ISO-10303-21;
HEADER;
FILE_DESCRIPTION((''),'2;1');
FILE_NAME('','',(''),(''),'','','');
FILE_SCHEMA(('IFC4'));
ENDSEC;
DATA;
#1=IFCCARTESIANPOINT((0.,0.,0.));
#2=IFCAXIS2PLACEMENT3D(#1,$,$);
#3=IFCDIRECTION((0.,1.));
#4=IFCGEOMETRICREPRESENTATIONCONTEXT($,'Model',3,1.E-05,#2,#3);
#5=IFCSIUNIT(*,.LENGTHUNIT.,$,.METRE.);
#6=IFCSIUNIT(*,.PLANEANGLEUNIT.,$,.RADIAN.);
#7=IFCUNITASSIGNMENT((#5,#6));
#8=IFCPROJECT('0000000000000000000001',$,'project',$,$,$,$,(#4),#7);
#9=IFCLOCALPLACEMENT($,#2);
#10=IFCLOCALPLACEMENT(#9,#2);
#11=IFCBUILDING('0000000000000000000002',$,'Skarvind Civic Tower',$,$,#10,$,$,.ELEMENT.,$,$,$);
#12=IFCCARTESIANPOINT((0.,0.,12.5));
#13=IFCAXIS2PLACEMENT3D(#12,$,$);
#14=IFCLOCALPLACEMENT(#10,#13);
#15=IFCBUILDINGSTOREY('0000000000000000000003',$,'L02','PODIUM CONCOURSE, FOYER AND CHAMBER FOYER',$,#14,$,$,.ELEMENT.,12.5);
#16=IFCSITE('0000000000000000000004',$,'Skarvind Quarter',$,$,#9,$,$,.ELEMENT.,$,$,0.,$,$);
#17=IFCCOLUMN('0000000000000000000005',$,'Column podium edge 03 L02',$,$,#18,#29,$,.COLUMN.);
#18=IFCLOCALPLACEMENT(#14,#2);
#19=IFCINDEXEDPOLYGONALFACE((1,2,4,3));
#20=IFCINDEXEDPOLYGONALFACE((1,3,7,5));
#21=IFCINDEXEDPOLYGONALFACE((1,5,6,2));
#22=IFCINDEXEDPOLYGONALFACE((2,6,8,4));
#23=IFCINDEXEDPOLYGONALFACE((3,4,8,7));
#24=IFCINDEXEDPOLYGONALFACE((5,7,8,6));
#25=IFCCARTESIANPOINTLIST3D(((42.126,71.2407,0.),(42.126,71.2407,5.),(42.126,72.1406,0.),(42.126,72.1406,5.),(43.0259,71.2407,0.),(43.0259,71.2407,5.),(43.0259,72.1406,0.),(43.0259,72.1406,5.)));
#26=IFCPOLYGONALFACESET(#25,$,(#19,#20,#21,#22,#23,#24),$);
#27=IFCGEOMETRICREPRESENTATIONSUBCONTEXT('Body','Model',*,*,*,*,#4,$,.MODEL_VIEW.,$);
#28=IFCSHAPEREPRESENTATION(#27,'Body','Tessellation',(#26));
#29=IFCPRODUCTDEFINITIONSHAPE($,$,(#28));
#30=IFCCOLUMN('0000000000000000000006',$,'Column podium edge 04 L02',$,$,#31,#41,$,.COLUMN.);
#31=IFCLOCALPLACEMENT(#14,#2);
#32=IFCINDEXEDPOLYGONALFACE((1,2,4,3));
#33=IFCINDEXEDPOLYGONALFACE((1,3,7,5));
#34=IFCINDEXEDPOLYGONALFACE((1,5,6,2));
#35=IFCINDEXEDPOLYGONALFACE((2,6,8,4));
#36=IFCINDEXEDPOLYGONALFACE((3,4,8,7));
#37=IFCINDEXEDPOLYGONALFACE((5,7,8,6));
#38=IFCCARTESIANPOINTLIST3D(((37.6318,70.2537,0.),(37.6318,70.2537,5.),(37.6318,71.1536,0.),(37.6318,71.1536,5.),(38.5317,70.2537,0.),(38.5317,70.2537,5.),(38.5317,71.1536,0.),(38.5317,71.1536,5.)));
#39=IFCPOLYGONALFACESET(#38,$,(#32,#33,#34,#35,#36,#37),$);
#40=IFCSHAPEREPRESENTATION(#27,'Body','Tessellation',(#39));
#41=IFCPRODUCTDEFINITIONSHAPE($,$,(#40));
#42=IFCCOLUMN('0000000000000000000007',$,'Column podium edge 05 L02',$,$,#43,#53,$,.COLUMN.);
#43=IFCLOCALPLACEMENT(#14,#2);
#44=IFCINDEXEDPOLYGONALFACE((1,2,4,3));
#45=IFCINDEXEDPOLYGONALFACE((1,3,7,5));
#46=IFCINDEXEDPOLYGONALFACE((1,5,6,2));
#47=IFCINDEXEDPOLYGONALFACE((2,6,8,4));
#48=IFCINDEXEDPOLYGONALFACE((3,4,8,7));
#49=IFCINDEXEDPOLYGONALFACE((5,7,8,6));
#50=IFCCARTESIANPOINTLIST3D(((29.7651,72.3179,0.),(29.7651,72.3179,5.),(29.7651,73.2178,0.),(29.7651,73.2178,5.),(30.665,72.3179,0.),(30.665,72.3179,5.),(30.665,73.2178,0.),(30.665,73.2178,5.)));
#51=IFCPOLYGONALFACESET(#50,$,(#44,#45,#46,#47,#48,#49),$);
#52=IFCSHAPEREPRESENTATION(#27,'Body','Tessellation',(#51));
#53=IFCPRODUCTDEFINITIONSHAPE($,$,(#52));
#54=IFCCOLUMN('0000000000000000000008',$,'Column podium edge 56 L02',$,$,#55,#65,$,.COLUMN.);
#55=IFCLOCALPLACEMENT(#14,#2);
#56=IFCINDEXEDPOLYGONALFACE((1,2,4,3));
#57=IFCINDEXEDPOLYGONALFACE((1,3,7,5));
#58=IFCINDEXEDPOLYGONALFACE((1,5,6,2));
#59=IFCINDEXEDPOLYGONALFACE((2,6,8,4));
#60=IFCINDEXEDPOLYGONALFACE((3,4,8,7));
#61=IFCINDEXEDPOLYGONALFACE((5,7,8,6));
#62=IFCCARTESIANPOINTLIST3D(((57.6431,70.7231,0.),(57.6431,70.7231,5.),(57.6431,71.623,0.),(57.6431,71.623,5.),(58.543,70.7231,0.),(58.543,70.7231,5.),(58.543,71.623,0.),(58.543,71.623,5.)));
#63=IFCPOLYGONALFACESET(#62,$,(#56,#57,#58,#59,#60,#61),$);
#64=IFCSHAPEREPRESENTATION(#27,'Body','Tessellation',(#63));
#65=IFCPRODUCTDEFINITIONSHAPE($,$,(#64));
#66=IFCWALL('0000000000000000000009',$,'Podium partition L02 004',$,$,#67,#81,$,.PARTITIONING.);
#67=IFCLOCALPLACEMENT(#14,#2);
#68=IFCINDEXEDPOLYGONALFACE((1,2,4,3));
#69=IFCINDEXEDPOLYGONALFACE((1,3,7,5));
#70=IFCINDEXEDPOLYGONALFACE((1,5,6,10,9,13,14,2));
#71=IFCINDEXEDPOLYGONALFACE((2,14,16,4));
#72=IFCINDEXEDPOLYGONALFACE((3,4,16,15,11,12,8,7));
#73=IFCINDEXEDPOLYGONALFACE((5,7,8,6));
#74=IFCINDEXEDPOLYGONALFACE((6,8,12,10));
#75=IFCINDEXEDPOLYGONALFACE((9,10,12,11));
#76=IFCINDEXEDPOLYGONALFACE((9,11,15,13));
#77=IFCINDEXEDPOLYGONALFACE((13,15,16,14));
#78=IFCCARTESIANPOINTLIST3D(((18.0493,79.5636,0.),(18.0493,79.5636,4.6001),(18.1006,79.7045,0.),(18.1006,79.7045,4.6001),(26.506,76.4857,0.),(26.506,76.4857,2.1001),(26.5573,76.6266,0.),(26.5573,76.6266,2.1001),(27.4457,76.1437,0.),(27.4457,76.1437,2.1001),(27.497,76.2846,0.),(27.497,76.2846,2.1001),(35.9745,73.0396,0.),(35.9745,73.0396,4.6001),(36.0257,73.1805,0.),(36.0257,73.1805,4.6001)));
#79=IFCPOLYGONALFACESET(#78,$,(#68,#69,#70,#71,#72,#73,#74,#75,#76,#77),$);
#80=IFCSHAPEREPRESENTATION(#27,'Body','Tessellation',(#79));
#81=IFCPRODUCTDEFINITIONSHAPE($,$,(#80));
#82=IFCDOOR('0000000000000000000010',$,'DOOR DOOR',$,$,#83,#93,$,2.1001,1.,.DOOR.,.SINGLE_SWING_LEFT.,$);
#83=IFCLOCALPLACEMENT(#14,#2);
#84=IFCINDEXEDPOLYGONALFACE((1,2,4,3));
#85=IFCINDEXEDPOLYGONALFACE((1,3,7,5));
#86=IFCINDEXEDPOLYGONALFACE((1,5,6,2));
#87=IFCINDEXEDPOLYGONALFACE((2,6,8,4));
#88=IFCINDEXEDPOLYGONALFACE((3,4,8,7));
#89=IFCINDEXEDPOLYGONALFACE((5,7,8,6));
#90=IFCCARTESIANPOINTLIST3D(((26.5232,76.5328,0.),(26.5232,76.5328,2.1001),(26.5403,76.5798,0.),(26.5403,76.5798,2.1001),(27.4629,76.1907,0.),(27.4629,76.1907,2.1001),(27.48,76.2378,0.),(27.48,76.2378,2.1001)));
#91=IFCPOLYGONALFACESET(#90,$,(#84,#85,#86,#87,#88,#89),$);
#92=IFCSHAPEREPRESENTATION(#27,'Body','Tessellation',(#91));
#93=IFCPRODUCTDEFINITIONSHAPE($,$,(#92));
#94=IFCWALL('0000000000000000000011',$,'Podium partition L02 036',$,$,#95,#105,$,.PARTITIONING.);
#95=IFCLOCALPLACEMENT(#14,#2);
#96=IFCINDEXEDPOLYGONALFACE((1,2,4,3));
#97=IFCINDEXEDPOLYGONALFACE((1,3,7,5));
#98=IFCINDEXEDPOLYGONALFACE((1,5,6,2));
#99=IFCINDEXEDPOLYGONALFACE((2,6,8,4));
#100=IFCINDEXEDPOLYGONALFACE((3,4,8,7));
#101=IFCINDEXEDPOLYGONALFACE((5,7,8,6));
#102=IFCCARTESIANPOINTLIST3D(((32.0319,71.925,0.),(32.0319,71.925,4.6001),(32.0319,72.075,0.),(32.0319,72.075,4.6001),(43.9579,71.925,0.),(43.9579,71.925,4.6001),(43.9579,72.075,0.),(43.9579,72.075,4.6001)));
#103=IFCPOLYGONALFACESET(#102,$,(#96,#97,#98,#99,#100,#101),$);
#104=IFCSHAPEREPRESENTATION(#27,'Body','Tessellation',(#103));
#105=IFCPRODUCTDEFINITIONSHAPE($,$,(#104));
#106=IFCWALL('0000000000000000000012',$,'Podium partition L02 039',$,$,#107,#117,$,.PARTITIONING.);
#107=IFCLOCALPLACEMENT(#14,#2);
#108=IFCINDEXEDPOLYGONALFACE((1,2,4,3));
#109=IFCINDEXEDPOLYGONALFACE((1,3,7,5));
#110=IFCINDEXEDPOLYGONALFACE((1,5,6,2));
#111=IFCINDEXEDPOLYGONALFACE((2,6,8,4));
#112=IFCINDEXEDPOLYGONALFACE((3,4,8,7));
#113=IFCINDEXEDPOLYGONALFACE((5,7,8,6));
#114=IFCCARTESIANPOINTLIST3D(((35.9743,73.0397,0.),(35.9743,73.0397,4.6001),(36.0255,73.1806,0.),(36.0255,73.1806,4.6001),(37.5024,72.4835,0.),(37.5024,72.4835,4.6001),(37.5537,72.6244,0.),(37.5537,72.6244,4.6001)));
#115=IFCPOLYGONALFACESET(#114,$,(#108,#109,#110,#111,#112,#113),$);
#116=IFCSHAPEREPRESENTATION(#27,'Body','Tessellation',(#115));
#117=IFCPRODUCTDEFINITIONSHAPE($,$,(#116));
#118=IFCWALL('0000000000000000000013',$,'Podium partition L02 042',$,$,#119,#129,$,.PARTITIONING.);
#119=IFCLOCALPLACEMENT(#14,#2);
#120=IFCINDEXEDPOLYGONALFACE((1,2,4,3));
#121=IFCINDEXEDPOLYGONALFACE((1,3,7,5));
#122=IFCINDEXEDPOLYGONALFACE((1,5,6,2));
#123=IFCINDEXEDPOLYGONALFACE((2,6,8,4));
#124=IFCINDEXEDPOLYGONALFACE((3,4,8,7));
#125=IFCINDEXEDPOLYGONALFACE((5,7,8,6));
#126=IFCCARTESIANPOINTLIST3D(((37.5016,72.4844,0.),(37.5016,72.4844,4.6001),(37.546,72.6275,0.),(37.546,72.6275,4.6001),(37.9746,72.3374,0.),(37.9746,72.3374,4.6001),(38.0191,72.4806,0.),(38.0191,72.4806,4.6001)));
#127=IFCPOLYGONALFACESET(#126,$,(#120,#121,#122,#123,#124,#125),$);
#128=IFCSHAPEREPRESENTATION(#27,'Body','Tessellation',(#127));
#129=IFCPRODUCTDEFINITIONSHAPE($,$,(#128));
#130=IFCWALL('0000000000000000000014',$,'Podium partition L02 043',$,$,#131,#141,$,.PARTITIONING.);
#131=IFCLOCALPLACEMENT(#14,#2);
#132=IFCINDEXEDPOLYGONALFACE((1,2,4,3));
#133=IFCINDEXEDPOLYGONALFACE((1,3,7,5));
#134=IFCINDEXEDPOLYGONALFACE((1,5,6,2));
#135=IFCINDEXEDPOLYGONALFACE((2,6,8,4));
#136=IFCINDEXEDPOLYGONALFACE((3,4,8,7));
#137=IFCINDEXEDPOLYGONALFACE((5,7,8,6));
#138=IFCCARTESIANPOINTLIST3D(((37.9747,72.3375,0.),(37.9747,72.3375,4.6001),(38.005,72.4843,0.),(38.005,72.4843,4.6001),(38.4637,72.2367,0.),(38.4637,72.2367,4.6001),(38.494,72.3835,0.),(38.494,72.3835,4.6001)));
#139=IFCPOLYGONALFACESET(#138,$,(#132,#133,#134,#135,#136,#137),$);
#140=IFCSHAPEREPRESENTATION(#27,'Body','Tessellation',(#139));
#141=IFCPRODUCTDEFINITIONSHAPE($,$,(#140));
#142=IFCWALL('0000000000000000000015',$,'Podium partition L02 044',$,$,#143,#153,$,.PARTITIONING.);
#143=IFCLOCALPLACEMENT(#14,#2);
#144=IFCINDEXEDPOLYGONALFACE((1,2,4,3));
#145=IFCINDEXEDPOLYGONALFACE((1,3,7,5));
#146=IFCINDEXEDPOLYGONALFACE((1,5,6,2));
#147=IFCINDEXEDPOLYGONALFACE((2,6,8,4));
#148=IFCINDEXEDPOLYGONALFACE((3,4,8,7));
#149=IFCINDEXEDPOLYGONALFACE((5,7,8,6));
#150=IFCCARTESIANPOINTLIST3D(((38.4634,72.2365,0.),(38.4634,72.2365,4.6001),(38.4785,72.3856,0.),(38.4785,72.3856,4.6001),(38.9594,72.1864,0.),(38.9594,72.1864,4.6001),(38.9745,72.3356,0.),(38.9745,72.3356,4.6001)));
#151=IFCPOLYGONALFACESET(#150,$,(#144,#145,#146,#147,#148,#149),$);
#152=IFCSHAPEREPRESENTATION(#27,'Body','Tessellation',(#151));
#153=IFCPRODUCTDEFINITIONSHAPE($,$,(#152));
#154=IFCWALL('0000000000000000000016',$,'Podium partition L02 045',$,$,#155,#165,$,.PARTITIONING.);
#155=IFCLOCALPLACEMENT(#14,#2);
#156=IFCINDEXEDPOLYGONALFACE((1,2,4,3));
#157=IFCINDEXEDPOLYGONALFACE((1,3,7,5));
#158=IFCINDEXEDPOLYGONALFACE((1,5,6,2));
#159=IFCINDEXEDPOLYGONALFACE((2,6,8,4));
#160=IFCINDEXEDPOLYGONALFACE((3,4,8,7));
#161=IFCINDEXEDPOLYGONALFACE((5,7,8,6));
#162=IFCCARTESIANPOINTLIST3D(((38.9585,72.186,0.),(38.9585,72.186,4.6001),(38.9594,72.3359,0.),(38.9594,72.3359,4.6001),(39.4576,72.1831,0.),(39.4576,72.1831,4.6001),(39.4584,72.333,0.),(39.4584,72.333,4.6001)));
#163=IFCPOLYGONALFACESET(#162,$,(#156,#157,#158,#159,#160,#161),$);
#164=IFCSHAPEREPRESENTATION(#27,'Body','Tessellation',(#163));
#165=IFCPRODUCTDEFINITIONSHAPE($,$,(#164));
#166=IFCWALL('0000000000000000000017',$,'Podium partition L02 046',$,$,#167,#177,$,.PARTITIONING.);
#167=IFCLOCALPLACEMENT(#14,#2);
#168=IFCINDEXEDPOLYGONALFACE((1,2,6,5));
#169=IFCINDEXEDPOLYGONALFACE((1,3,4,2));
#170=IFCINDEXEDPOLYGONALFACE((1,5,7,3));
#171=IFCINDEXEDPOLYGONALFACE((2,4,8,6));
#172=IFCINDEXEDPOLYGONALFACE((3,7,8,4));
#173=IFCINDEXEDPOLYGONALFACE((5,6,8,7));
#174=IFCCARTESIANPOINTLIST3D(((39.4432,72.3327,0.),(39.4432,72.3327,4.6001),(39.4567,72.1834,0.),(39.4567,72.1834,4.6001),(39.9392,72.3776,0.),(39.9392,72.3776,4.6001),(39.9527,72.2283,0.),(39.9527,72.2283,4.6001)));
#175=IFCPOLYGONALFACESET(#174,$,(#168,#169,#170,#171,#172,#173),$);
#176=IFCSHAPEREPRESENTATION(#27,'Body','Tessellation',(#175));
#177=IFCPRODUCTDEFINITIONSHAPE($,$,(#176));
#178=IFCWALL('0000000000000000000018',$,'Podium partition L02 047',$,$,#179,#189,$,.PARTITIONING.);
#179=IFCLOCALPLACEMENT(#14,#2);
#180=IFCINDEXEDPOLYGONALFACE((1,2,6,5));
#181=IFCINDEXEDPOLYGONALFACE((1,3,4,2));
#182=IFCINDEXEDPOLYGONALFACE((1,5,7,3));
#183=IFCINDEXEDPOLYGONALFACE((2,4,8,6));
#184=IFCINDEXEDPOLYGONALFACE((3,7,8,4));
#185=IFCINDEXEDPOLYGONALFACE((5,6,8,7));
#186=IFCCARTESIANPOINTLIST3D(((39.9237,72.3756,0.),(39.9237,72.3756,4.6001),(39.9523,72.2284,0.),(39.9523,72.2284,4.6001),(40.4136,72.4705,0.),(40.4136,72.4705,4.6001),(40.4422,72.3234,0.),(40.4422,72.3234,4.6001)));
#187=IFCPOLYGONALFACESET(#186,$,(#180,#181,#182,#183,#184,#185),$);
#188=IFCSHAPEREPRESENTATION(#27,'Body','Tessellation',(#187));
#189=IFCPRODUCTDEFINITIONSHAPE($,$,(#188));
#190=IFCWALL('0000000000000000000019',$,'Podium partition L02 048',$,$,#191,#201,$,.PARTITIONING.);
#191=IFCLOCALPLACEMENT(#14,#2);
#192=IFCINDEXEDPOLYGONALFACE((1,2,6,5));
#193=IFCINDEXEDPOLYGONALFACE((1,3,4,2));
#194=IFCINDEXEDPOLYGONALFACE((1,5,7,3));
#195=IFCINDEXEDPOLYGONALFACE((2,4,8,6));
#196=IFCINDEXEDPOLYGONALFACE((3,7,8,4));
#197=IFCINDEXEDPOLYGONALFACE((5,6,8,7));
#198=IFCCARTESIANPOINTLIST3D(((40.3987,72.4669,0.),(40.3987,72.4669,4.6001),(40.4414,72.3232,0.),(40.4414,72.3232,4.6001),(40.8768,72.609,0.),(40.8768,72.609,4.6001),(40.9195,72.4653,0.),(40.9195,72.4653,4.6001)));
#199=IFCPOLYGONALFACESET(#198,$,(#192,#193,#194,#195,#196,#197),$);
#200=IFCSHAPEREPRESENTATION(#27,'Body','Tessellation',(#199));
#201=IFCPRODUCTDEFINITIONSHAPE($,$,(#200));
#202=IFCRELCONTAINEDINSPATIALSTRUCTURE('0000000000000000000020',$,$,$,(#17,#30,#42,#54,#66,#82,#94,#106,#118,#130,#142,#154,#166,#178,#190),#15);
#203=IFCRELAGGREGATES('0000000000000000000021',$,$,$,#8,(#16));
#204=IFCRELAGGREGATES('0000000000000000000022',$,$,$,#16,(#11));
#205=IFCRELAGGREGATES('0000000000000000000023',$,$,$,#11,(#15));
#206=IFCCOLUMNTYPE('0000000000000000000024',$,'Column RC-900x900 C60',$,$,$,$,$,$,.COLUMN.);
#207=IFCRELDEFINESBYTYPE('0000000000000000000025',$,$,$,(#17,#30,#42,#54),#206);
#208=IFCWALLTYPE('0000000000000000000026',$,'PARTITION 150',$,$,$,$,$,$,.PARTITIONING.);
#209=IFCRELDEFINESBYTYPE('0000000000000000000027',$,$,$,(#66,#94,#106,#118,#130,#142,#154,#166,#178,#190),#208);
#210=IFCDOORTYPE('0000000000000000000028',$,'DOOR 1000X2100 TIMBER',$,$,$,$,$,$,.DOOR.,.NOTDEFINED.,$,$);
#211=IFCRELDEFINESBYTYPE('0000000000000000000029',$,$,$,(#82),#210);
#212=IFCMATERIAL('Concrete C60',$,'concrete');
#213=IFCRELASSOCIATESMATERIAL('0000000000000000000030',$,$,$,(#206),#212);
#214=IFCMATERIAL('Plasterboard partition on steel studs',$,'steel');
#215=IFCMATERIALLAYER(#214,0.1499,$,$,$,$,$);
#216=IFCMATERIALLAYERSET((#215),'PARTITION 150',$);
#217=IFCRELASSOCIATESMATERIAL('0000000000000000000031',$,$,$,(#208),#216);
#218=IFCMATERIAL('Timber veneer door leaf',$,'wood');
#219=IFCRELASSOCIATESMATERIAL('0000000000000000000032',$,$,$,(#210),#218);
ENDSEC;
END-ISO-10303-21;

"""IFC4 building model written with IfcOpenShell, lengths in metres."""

from ifc_helpers import new_model, si_unit, direction, frame, frame_2d, origin, origin_2d, place, context, subcontext, project, spatial, rectangle, extrude, material, layer, layer_set, material_profile, profile_set, type_object, element, fill, save


model = new_model("IFC4")

# Units and contexts
model_context = context("Model", 3, precision=1e-05, world=origin(), true_north=direction((0.0, 1.0)))
body_context = subcontext(model_context, "Body", "Model", "MODEL_VIEW")
ifc_project = project(units=[si_unit("LENGTHUNIT", "METRE"), si_unit("PLANEANGLEUNIT", "RADIAN")], contexts=[model_context])

# Site, building, storey
site_placement = place(None, origin())
site = spatial("IfcSite", under=ifc_project, at=site_placement, Name="Skarvind Quarter", CompositionType="ELEMENT", RefElevation=0.0)
building_placement = place(site_placement, origin())
building = spatial("IfcBuilding", under=site, at=building_placement, Name="Skarvind Civic Tower", CompositionType="ELEMENT")
storey_placement = place(building_placement, frame((0.0, 0.0, 12.5)))
storey = spatial("IfcBuildingStorey", under=building, at=storey_placement, Name="L02", Description="PODIUM CONCOURSE, FOYER AND CHAMBER FOYER", CompositionType="ELEMENT", Elevation=12.5)

# Columns
ifc_material_1 = material(Name="Concrete C60", Category="concrete")
ifc_material_profile = material_profile(ifc_material_1, rectangle(XDim=0.8999, YDim=0.8999, at=origin_2d()), Name="RC-900x900")
ifc_profile_set = profile_set([ifc_material_profile], Name="Concrete C60")
column_type = type_object("IfcColumnType", Name="Column RC-900x900 C60", PredefinedType="COLUMN", material=ifc_profile_set)
for number, where, z_axis, x_axis, name in (
    (1, (42.5759, 71.6907, 0.0), (0.0, 0.0, 1.0), (1.0, 0.0, 0.0), "Column podium edge 03 L02"),
    (2, (38.0818, 70.7036, 0.0), (0.0, 0.0, 1.0), (1.0, 0.0, 0.0), "Column podium edge 04 L02"),
    (3, (30.2151, 72.7678, 0.0), (0.0, 0.0, 1.0), (1.0, 0.0, 0.0), "Column podium edge 05 L02"),
    (4, (58.093, 71.1731, 0.0), (0.0, 0.0, 1.0), (1.0, 0.0, 0.0), "Column podium edge 56 L02"),
):
    element("IfcColumn", number, at=place(storey_placement, frame(where, z_axis=z_axis, x_axis=x_axis)), inside=storey, type_object=column_type, Name=name, PredefinedType="COLUMN", context=body_context, shape_type="SweptSolid", body=[
        extrude(rectangle(XDim=0.8999, YDim=0.8999, at=origin_2d()), origin(), (0.0, 0.0, 1.0), 5.0),
    ])

# Wall, opening, door
ifc_material_2 = material(Name="Plasterboard partition on steel studs", Category="steel")
ifc_layer_1 = layer(ifc_material_2, 0.1499)
ifc_layer_set_1 = layer_set([ifc_layer_1], Name="PARTITION 150")
wall_type_1 = type_object("IfcWallType", Name="PARTITION 150", PredefinedType="PARTITIONING", material=ifc_layer_set_1)
wall_1_placement = place(storey_placement, frame((36.0, 73.1101, 0.0), z_axis=(0.0, 0.0, 1.0), x_axis=(-0.939697, 0.342008, 0.0)))
wall_1 = element("IfcWall", 5, at=wall_1_placement, inside=storey, type_object=wall_type_1, Name="Podium partition L02 004", PredefinedType="PARTITIONING", context=body_context, shape_type="SweptSolid", body=[
    extrude(rectangle(XDim=19.0754, YDim=0.1499, at=frame_2d((9.5376, 0.0))), origin(), (0.0, 0.0, 1.0), 4.6001),
])
opening_1_placement = place(wall_1_placement, frame((9.0759, 0.0, 0.0)))
opening_1 = element("IfcOpeningElement", 6, at=opening_1_placement, cuts=wall_1, PredefinedType="OPENING", context=body_context, shape_type="SweptSolid", body=[
    extrude(rectangle(XDim=1.0, YDim=2.1001, at=frame_2d((0.5, 1.05))), frame((0.0, 0.085, 0.0), z_axis=(0.0, -1.0, 0.0), x_axis=(1.0, 0.0, 0.0)), (0.0, 0.0, 1.0), 0.1699),
])
ifc_material_3 = material(Name="Timber veneer door leaf", Category="wood")
door_type = type_object("IfcDoorType", Name="DOOR 1000X2100 TIMBER", OperationType="NOTDEFINED", PredefinedType="DOOR", material=ifc_material_3)
door_placement = place(opening_1_placement, origin())
door = element("IfcDoor", 7, at=door_placement, inside=storey, type_object=door_type, Name="DOOR DOOR", OperationType="SINGLE_SWING_LEFT", OverallHeight=2.1001, OverallWidth=1.0, PredefinedType="DOOR", context=body_context, shape_type="SweptSolid", body=[
    extrude(rectangle(XDim=1.0, YDim=2.1001, at=frame_2d((0.5, 1.05))), frame((0.0, 0.0249, 0.0), z_axis=(0.0, -1.0, 0.0), x_axis=(1.0, 0.0, 0.0)), (0.0, 0.0, 1.0), 0.05),
])
fill(opening_1, door)

# Walls
wall_2_placement = place(storey_placement, frame((32.032, 72.0, 0.0), z_axis=(0.0, 0.0, 1.0), x_axis=(1.0, 0.0, 0.0)))
element("IfcWall", 8, at=wall_2_placement, inside=storey, type_object=wall_type_1, Name="Podium partition L02 036", PredefinedType="PARTITIONING", context=body_context, shape_type="SweptSolid", body=[
    extrude(rectangle(XDim=11.926, YDim=0.1499, at=frame_2d((5.9629, 0.0))), origin(), (0.0, 0.0, 1.0), 4.6001),
])
wall_3_placement = place(storey_placement, frame((36.0, 73.1101, 0.0), z_axis=(0.0, 0.0, 1.0), x_axis=(0.939697, -0.342008, 0.0)))
element("IfcWall", 9, at=wall_3_placement, inside=storey, type_object=wall_type_1, Name="Podium partition L02 039", PredefinedType="PARTITIONING", context=body_context, shape_type="SweptSolid", body=[
    extrude(rectangle(XDim=1.6262, YDim=0.1499, at=frame_2d((0.813, 0.0))), origin(), (0.0, 0.0, 1.0), 4.6001),
])
wall_4_placement = place(storey_placement, frame((37.5239, 72.5559, 0.0), z_axis=(0.0, 0.0, 1.0), x_axis=(0.954987, -0.296647, 0.0)))
element("IfcWall", 10, at=wall_4_placement, inside=storey, type_object=wall_type_1, Name="Podium partition L02 042", PredefinedType="PARTITIONING", context=body_context, shape_type="SweptSolid", body=[
    extrude(rectangle(XDim=0.4954, YDim=0.1499, at=frame_2d((0.2476, 0.0))), origin(), (0.0, 0.0, 1.0), 4.6001),
])
wall_5_placement = place(storey_placement, frame((37.99, 72.4109, 0.0), z_axis=(0.0, 0.0, 1.0), x_axis=(0.979397, -0.201943, 0.0)))
element("IfcWall", 11, at=wall_5_placement, inside=storey, type_object=wall_type_1, Name="Podium partition L02 043", PredefinedType="PARTITIONING", context=body_context, shape_type="SweptSolid", body=[
    extrude(rectangle(XDim=0.4993, YDim=0.1499, at=frame_2d((0.2495, 0.0))), origin(), (0.0, 0.0, 1.0), 4.6001),
])
wall_6_placement = place(storey_placement, frame((38.4709, 72.311, 0.0), z_axis=(0.0, 0.0, 1.0), x_axis=(0.99495, -0.100376, 0.0)))
element("IfcWall", 12, at=wall_6_placement, inside=storey, type_object=wall_type_1, Name="Podium partition L02 044", PredefinedType="PARTITIONING", context=body_context, shape_type="SweptSolid", body=[
    extrude(rectangle(XDim=0.4985, YDim=0.1499, at=frame_2d((0.2493, 0.0))), origin(), (0.0, 0.0, 1.0), 4.6001),
])
wall_7_placement = place(storey_placement, frame((38.959, 72.261, 0.0), z_axis=(0.0, 0.0, 1.0), x_axis=(0.999983, -0.005871, 0.0)))
element("IfcWall", 13, at=wall_7_placement, inside=storey, type_object=wall_type_1, Name="Podium partition L02 045", PredefinedType="PARTITIONING", context=body_context, shape_type="SweptSolid", body=[
    extrude(rectangle(XDim=0.499, YDim=0.1499, at=frame_2d((0.2495, 0.0))), origin(), (0.0, 0.0, 1.0), 4.6001),
])
wall_8_placement = place(storey_placement, frame((39.45, 72.2581, 0.0), z_axis=(0.0, 0.0, 1.0), x_axis=(0.995925, 0.090182, 0.0)))
element("IfcWall", 14, at=wall_8_placement, inside=storey, type_object=wall_type_1, Name="Podium partition L02 046", PredefinedType="PARTITIONING", context=body_context, shape_type="SweptSolid", body=[
    extrude(rectangle(XDim=0.498, YDim=0.1499, at=frame_2d((0.249, 0.0))), origin(), (0.0, 0.0, 1.0), 4.6001),
])
wall_9_placement = place(storey_placement, frame((39.938, 72.302, 0.0), z_axis=(0.0, 0.0, 1.0), x_axis=(0.98173, 0.19028, 0.0)))
element("IfcWall", 15, at=wall_9_placement, inside=storey, type_object=wall_type_1, Name="Podium partition L02 047", PredefinedType="PARTITIONING", context=body_context, shape_type="SweptSolid", body=[
    extrude(rectangle(XDim=0.499, YDim=0.1499, at=frame_2d((0.2495, 0.0))), origin(), (0.0, 0.0, 1.0), 4.6001),
])
wall_10_placement = place(storey_placement, frame((40.4199, 72.395, 0.0), z_axis=(0.0, 0.0, 1.0), x_axis=(0.958551, 0.284922, 0.0)))
element("IfcWall", 16, at=wall_10_placement, inside=storey, type_object=wall_type_1, Name="Podium partition L02 048", PredefinedType="PARTITIONING", context=body_context, shape_type="SweptSolid", body=[
    extrude(rectangle(XDim=0.4988, YDim=0.1499, at=frame_2d((0.2495, 0.0))), origin(), (0.0, 0.0, 1.0), 4.6001),
])

save(model, "model.ifc")
